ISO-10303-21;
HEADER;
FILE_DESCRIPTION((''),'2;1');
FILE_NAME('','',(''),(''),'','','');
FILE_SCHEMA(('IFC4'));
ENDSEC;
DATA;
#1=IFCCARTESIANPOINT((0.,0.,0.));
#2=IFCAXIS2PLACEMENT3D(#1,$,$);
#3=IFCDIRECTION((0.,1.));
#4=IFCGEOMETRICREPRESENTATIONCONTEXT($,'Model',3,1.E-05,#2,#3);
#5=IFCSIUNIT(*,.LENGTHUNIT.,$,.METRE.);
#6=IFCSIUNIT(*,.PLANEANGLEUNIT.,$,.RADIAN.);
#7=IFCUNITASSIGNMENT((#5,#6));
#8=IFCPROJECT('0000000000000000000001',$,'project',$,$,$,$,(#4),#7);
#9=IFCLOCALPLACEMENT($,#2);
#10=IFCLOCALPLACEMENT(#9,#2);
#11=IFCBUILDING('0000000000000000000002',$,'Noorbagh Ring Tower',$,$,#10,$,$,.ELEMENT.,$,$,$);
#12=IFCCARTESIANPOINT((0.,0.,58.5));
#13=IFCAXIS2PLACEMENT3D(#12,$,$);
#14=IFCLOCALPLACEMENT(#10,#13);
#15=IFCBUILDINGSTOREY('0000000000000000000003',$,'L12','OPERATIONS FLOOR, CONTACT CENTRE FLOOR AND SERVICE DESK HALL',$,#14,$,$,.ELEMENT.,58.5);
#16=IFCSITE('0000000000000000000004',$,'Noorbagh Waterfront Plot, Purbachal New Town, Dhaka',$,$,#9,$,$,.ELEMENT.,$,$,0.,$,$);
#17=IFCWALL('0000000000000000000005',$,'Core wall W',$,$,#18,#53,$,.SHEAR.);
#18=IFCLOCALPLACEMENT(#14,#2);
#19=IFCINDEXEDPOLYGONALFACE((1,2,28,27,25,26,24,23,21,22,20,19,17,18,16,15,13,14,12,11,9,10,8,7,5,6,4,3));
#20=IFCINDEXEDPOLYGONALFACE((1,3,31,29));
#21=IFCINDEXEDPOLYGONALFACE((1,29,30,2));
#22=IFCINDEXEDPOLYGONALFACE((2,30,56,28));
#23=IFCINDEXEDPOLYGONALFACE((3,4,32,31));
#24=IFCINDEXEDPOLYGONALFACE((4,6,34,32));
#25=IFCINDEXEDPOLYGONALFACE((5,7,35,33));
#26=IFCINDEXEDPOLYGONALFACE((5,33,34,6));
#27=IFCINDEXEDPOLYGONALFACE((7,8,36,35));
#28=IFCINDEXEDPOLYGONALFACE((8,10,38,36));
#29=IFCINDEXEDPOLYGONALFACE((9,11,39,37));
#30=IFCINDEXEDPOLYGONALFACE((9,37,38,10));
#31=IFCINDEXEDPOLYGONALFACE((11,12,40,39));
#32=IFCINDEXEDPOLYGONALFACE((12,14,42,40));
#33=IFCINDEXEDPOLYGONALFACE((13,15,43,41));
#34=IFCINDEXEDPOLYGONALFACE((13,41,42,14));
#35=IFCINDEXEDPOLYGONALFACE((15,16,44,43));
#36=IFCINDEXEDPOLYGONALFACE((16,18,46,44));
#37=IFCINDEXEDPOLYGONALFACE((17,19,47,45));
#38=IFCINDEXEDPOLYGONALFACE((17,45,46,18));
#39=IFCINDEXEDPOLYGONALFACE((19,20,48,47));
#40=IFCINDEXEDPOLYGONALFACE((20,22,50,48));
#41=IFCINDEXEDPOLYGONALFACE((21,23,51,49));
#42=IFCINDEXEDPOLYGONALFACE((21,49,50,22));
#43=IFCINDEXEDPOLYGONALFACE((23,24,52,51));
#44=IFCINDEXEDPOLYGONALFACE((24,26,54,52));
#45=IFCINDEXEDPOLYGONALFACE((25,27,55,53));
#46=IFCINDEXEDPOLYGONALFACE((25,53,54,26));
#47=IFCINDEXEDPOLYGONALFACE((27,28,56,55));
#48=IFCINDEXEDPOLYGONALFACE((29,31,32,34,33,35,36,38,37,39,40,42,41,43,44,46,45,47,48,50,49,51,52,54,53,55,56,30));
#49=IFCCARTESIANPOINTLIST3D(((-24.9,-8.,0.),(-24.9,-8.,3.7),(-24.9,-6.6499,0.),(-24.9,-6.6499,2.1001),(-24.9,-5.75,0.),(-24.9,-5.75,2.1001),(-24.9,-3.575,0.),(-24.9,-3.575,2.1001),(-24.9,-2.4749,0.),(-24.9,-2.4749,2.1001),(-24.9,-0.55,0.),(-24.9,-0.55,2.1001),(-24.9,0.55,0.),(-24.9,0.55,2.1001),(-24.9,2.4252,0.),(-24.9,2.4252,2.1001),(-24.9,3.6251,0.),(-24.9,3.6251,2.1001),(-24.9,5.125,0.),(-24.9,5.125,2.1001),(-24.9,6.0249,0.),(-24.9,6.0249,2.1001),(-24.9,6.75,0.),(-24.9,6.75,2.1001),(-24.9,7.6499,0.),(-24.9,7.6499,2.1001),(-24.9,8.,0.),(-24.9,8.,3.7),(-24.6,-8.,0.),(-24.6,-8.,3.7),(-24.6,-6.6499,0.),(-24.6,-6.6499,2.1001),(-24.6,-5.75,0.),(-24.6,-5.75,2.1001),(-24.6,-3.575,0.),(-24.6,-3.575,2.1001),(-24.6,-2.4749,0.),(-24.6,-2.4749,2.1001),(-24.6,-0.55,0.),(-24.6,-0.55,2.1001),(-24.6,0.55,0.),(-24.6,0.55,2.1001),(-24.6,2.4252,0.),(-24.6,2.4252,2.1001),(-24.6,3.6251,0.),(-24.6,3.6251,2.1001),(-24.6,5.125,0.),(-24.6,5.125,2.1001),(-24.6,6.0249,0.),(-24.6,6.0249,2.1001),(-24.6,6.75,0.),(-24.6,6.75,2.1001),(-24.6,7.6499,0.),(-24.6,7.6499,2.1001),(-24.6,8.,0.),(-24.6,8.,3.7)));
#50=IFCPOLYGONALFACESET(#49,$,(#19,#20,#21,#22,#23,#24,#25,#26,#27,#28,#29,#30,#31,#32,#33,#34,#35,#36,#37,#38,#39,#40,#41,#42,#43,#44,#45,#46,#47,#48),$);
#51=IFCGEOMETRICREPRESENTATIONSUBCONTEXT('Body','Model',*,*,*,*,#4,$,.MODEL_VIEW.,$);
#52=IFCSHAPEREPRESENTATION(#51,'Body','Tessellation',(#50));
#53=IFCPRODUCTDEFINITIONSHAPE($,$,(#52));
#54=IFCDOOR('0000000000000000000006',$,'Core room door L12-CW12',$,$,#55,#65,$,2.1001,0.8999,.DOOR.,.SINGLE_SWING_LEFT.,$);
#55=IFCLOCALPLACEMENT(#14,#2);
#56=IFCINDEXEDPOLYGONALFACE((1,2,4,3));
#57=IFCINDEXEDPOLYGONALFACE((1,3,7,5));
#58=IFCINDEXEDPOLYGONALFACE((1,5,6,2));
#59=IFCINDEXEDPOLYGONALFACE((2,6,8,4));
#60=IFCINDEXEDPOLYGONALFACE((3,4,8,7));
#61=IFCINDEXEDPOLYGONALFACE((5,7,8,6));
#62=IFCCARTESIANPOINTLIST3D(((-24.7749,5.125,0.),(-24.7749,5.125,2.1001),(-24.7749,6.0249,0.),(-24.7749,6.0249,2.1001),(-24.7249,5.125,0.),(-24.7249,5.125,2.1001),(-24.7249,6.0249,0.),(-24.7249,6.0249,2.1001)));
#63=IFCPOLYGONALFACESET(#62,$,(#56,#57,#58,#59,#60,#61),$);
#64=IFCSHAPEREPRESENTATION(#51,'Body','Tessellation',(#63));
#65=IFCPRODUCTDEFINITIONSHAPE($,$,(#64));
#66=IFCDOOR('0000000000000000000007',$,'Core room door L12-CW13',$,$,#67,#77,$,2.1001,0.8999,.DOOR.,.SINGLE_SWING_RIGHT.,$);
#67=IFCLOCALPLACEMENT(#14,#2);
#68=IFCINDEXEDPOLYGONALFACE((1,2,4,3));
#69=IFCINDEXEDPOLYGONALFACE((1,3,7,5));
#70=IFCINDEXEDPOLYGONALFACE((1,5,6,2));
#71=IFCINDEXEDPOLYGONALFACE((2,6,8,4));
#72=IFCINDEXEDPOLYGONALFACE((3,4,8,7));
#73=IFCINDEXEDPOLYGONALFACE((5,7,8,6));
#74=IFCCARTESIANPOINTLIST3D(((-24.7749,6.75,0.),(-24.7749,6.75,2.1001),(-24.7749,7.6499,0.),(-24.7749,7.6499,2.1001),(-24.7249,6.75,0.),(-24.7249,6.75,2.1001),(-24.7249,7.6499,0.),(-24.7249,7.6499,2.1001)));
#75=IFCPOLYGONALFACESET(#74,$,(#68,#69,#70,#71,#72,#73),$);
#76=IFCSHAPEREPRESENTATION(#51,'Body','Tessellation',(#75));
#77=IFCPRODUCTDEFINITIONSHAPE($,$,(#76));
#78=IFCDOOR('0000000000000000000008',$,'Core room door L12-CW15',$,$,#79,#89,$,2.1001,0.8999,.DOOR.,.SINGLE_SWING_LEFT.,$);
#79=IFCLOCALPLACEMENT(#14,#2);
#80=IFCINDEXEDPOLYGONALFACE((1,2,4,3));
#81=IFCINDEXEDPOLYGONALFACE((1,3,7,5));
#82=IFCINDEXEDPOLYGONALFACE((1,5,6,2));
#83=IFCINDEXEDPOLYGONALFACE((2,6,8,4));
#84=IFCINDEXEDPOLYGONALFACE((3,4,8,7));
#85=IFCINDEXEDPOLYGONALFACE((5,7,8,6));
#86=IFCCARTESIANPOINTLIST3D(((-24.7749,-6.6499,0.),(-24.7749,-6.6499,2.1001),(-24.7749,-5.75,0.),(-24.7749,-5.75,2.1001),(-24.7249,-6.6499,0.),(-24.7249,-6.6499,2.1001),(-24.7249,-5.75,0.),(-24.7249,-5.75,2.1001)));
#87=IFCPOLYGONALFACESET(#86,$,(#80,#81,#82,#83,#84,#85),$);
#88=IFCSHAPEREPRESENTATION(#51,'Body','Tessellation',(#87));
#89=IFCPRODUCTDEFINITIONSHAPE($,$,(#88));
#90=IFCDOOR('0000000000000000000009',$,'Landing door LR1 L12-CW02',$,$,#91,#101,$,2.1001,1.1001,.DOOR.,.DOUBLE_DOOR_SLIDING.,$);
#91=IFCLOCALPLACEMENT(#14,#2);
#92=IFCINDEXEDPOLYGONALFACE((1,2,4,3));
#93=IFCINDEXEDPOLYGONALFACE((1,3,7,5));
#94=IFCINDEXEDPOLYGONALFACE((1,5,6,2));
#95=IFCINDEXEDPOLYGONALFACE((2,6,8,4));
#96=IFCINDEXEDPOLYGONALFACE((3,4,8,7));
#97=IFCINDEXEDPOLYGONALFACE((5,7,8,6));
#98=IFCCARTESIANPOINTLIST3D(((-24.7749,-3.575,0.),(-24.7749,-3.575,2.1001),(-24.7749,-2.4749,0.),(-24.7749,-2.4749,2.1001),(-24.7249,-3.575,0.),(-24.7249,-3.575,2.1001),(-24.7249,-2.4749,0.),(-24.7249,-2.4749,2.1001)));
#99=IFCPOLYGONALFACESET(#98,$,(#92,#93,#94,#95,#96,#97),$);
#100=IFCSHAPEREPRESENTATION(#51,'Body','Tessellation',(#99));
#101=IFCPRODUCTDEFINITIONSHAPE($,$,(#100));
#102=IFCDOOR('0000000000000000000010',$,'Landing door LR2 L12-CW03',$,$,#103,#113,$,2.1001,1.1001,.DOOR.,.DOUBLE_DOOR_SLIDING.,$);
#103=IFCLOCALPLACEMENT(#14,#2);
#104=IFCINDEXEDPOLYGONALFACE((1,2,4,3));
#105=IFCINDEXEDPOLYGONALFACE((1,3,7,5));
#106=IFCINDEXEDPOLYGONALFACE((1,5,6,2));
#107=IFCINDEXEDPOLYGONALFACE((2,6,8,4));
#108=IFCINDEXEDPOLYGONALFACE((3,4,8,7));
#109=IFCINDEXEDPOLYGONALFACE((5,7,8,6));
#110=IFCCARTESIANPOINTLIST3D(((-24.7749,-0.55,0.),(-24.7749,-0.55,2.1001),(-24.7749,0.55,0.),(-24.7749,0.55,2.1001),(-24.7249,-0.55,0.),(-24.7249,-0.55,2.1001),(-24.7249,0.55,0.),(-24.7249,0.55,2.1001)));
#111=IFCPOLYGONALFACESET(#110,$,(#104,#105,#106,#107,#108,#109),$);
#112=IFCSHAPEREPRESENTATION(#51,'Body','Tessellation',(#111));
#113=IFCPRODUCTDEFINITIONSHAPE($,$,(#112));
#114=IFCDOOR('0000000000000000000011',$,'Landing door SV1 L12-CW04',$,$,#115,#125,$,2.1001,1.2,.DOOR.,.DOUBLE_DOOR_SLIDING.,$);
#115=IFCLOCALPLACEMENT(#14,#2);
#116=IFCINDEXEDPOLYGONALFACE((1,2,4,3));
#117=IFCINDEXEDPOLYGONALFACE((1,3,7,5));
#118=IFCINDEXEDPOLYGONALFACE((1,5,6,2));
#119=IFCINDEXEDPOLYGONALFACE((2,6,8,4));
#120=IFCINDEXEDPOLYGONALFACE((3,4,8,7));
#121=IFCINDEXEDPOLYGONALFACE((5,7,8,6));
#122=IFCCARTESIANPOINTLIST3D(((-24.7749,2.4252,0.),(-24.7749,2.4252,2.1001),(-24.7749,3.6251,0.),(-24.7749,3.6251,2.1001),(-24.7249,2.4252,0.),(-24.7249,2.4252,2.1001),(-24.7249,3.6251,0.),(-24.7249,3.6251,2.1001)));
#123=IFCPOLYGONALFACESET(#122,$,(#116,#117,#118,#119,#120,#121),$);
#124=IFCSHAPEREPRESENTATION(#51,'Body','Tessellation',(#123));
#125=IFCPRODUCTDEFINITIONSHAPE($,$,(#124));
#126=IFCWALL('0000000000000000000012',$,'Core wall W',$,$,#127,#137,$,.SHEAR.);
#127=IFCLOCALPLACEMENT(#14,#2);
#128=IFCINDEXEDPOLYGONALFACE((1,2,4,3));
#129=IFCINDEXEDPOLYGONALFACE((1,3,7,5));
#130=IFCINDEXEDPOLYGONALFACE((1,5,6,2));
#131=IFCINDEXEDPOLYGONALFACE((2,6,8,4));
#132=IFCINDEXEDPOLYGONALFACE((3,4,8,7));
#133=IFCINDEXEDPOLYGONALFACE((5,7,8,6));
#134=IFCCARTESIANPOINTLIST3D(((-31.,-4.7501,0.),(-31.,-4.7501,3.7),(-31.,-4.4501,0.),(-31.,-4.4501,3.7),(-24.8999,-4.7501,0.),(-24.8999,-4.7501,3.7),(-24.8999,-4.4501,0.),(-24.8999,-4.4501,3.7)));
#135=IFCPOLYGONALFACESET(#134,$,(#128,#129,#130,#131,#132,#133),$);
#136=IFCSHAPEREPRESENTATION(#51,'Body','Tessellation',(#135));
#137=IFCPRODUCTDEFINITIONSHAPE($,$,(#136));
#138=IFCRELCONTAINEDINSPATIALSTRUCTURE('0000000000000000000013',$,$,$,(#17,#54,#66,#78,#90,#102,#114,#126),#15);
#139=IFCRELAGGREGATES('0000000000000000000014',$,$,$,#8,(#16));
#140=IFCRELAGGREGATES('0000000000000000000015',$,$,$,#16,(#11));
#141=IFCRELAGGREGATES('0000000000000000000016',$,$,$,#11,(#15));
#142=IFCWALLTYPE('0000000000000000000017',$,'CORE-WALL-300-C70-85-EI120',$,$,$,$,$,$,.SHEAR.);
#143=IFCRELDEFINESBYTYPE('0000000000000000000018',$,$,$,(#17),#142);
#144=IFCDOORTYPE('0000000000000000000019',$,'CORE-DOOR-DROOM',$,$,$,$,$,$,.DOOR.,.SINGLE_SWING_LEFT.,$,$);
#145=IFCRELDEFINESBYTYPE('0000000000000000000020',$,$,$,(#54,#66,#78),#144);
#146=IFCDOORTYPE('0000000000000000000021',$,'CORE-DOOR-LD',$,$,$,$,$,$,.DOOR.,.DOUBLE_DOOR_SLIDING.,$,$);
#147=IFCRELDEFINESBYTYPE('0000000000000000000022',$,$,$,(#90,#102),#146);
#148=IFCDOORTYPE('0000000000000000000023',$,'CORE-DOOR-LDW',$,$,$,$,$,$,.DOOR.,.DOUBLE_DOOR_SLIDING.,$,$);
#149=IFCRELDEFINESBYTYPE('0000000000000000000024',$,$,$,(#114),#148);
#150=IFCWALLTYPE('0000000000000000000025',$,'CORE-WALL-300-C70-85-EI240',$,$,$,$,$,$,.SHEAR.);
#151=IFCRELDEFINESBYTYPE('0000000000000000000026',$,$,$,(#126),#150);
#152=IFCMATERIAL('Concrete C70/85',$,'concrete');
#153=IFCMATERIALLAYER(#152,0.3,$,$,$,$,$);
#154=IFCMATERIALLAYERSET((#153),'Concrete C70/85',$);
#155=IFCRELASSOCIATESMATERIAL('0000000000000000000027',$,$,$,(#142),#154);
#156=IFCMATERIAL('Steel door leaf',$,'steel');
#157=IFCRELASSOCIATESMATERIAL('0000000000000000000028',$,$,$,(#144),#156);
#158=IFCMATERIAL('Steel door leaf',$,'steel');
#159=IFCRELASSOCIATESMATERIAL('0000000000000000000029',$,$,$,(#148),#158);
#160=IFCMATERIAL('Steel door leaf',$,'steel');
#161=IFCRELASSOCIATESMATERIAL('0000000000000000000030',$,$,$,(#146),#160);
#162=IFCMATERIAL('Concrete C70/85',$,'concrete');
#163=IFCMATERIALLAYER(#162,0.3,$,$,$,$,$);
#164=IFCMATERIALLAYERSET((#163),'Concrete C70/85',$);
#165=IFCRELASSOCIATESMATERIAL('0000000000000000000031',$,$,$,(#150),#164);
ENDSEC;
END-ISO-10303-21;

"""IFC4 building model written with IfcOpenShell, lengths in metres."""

from ifc_helpers import new_model, si_unit, direction, frame, frame_2d, origin, place, context, subcontext, project, spatial, rectangle, extrude, material, layer, layer_set, type_object, element, fill, save


model = new_model("IFC4")

# Units and contexts
model_context = context("Model", 3, precision=1e-05, world=origin(), true_north=direction((0.0, 1.0)))
body_context = subcontext(model_context, "Body", "Model", "MODEL_VIEW")
ifc_project = project(units=[si_unit("LENGTHUNIT", "METRE"), si_unit("PLANEANGLEUNIT", "RADIAN")], contexts=[model_context])

# Site, building, storey
site_placement = place(None, origin())
site = spatial("IfcSite", under=ifc_project, at=site_placement, Name="Noorbagh Waterfront Plot, Purbachal New Town, Dhaka", CompositionType="ELEMENT", RefElevation=0.0)
building_placement = place(site_placement, origin())
building = spatial("IfcBuilding", under=site, at=building_placement, Name="Noorbagh Ring Tower", CompositionType="ELEMENT")
storey_placement = place(building_placement, frame((0.0, 0.0, 58.5)))
storey = spatial("IfcBuildingStorey", under=building, at=storey_placement, Name="L12", Description="OPERATIONS FLOOR, CONTACT CENTRE FLOOR AND SERVICE DESK HALL", CompositionType="ELEMENT", Elevation=58.5)

# Shared definitions
ifc_material_1 = material(Name="Concrete C70/85", Category="concrete")
ifc_layer_1 = layer(ifc_material_1, 0.3)
ifc_layer_set_1 = layer_set([ifc_layer_1], Name="Concrete C70/85")
wall_type_1 = type_object("IfcWallType", Name="CORE-WALL-300-C70-85-EI120", PredefinedType="SHEAR", material=ifc_layer_set_1)

# Wall, openings, doors
ifc_material_2 = material(Name="Steel door leaf", Category="steel")
door_type_1 = type_object("IfcDoorType", Name="CORE-DOOR-DROOM", OperationType="SINGLE_SWING_LEFT", PredefinedType="DOOR", material=ifc_material_2)
ifc_material_3 = material(Name="Steel door leaf", Category="steel")
door_type_2 = type_object("IfcDoorType", Name="CORE-DOOR-LDW", OperationType="DOUBLE_DOOR_SLIDING", PredefinedType="DOOR", material=ifc_material_3)
wall_1_placement = place(storey_placement, frame((-24.75, -8.0, 0.0), z_axis=(0.0, 0.0, 1.0), x_axis=(0.0, 1.0, 0.0)))
wall_1 = element("IfcWall", 1, at=wall_1_placement, inside=storey, type_object=wall_type_1, Name="Core wall W", PredefinedType="SHEAR", context=body_context, shape_type="SweptSolid", body=[
    extrude(rectangle(XDim=16.0, YDim=0.3, at=frame_2d((8.0, 0.0))), origin(), (0.0, 0.0, 1.0), 3.7),
])
opening_1_placement = place(wall_1_placement, frame((4.425, 0.0, 0.0)))
opening_1 = element("IfcOpeningElement", 2, at=opening_1_placement, cuts=wall_1, PredefinedType="OPENING", context=body_context, shape_type="SweptSolid", body=[
    extrude(rectangle(XDim=1.1001, YDim=2.1001, at=frame_2d((0.55, 1.05))), frame((0.0, 0.1602, 0.0), z_axis=(0.0, -1.0, 0.0), x_axis=(1.0, 0.0, 0.0)), (0.0, 0.0, 1.0), 0.3201),
])
opening_2_placement = place(wall_1_placement, frame((7.45, 0.0, 0.0)))
opening_2 = element("IfcOpeningElement", 3, at=opening_2_placement, cuts=wall_1, PredefinedType="OPENING", context=body_context, shape_type="SweptSolid", body=[
    extrude(rectangle(XDim=1.1001, YDim=2.1001, at=frame_2d((0.55, 1.05))), frame((0.0, 0.1602, 0.0), z_axis=(0.0, -1.0, 0.0), x_axis=(1.0, 0.0, 0.0)), (0.0, 0.0, 1.0), 0.3201),
])
opening_3_placement = place(wall_1_placement, frame((10.425, 0.0, 0.0)))
opening_3 = element("IfcOpeningElement", 4, at=opening_3_placement, cuts=wall_1, PredefinedType="OPENING", context=body_context, shape_type="SweptSolid", body=[
    extrude(rectangle(XDim=1.2, YDim=2.1001, at=frame_2d((0.6001, 1.05))), frame((0.0, 0.1602, 0.0), z_axis=(0.0, -1.0, 0.0), x_axis=(1.0, 0.0, 0.0)), (0.0, 0.0, 1.0), 0.3201),
])
opening_4_placement = place(wall_1_placement, frame((13.125, 0.0, 0.0)))
opening_4 = element("IfcOpeningElement", 5, at=opening_4_placement, cuts=wall_1, PredefinedType="OPENING", context=body_context, shape_type="SweptSolid", body=[
    extrude(rectangle(XDim=0.8999, YDim=2.1001, at=frame_2d((0.45, 1.05))), frame((0.0, 0.1602, 0.0), z_axis=(0.0, -1.0, 0.0), x_axis=(1.0, 0.0, 0.0)), (0.0, 0.0, 1.0), 0.3201),
])
opening_5_placement = place(wall_1_placement, frame((14.75, 0.0, 0.0)))
opening_5 = element("IfcOpeningElement", 6, at=opening_5_placement, cuts=wall_1, PredefinedType="OPENING", context=body_context, shape_type="SweptSolid", body=[
    extrude(rectangle(XDim=0.8999, YDim=2.1001, at=frame_2d((0.45, 1.05))), frame((0.0, 0.1602, 0.0), z_axis=(0.0, -1.0, 0.0), x_axis=(1.0, 0.0, 0.0)), (0.0, 0.0, 1.0), 0.3201),
])
opening_6_placement = place(wall_1_placement, frame((1.3501, 0.0, 0.0)))
opening_6 = element("IfcOpeningElement", 7, at=opening_6_placement, cuts=wall_1, PredefinedType="OPENING", context=body_context, shape_type="SweptSolid", body=[
    extrude(rectangle(XDim=0.8999, YDim=2.1001, at=frame_2d((0.45, 1.05))), frame((0.0, 0.1602, 0.0), z_axis=(0.0, -1.0, 0.0), x_axis=(1.0, 0.0, 0.0)), (0.0, 0.0, 1.0), 0.3201),
])
door_1_placement = place(opening_4_placement, origin())
door_1 = element("IfcDoor", 8, at=door_1_placement, inside=storey, type_object=door_type_1, Name="Core room door L12-CW12", OperationType="SINGLE_SWING_LEFT", OverallHeight=2.1001, OverallWidth=0.8999, PredefinedType="DOOR", context=body_context, shape_type="SweptSolid", body=[
    extrude(rectangle(XDim=0.8999, YDim=2.1001, at=frame_2d((0.45, 1.05))), frame((0.0, 0.0249, 0.0), z_axis=(0.0, -1.0, 0.0), x_axis=(1.0, 0.0, 0.0)), (0.0, 0.0, 1.0), 0.05),
])
fill(opening_4, door_1)
door_2_placement = place(opening_5_placement, origin())
door_2 = element("IfcDoor", 9, at=door_2_placement, inside=storey, type_object=door_type_1, Name="Core room door L12-CW13", OperationType="SINGLE_SWING_RIGHT", OverallHeight=2.1001, OverallWidth=0.8999, PredefinedType="DOOR", context=body_context, shape_type="SweptSolid", body=[
    extrude(rectangle(XDim=0.8999, YDim=2.1001, at=frame_2d((0.45, 1.05))), frame((0.0, 0.0249, 0.0), z_axis=(0.0, -1.0, 0.0), x_axis=(1.0, 0.0, 0.0)), (0.0, 0.0, 1.0), 0.05),
])
fill(opening_5, door_2)
door_3_placement = place(opening_6_placement, origin())
door_3 = element("IfcDoor", 10, at=door_3_placement, inside=storey, type_object=door_type_1, Name="Core room door L12-CW15", OperationType="SINGLE_SWING_LEFT", OverallHeight=2.1001, OverallWidth=0.8999, PredefinedType="DOOR", context=body_context, shape_type="SweptSolid", body=[
    extrude(rectangle(XDim=0.8999, YDim=2.1001, at=frame_2d((0.45, 1.05))), frame((0.0, 0.0249, 0.0), z_axis=(0.0, -1.0, 0.0), x_axis=(1.0, 0.0, 0.0)), (0.0, 0.0, 1.0), 0.05),
])
fill(opening_6, door_3)
ifc_material_4 = material(Name="Steel door leaf", Category="steel")
door_type_3 = type_object("IfcDoorType", Name="CORE-DOOR-LD", OperationType="DOUBLE_DOOR_SLIDING", PredefinedType="DOOR", material=ifc_material_4)
door_4_placement = place(opening_1_placement, origin())
door_4 = element("IfcDoor", 11, at=door_4_placement, inside=storey, type_object=door_type_3, Name="Landing door LR1 L12-CW02", OperationType="DOUBLE_DOOR_SLIDING", OverallHeight=2.1001, OverallWidth=1.1001, PredefinedType="DOOR", context=body_context, shape_type="SweptSolid", body=[
    extrude(rectangle(XDim=1.1001, YDim=2.1001, at=frame_2d((0.55, 1.05))), frame((0.0, 0.0249, 0.0), z_axis=(0.0, -1.0, 0.0), x_axis=(1.0, 0.0, 0.0)), (0.0, 0.0, 1.0), 0.05),
])
fill(opening_1, door_4)
door_5_placement = place(opening_2_placement, origin())
door_5 = element("IfcDoor", 12, at=door_5_placement, inside=storey, type_object=door_type_3, Name="Landing door LR2 L12-CW03", OperationType="DOUBLE_DOOR_SLIDING", OverallHeight=2.1001, OverallWidth=1.1001, PredefinedType="DOOR", context=body_context, shape_type="SweptSolid", body=[
    extrude(rectangle(XDim=1.1001, YDim=2.1001, at=frame_2d((0.55, 1.05))), frame((0.0, 0.0249, 0.0), z_axis=(0.0, -1.0, 0.0), x_axis=(1.0, 0.0, 0.0)), (0.0, 0.0, 1.0), 0.05),
])
fill(opening_2, door_5)
door_6_placement = place(opening_3_placement, origin())
door_6 = element("IfcDoor", 13, at=door_6_placement, inside=storey, type_object=door_type_2, Name="Landing door SV1 L12-CW04", OperationType="DOUBLE_DOOR_SLIDING", OverallHeight=2.1001, OverallWidth=1.2, PredefinedType="DOOR", context=body_context, shape_type="SweptSolid", body=[
    extrude(rectangle(XDim=1.2, YDim=2.1001, at=frame_2d((0.6001, 1.05))), frame((0.0, 0.0249, 0.0), z_axis=(0.0, -1.0, 0.0), x_axis=(1.0, 0.0, 0.0)), (0.0, 0.0, 1.0), 0.05),
])
fill(opening_3, door_6)

# Wall
ifc_material_5 = material(Name="Concrete C70/85", Category="concrete")
ifc_layer_2 = layer(ifc_material_5, 0.3)
ifc_layer_set_2 = layer_set([ifc_layer_2], Name="Concrete C70/85")
wall_type_2 = type_object("IfcWallType", Name="CORE-WALL-300-C70-85-EI240", PredefinedType="SHEAR", material=ifc_layer_set_2)
wall_2_placement = place(storey_placement, frame((-24.8999, -4.6001, 0.0), z_axis=(0.0, 0.0, 1.0), x_axis=(-1.0, 0.0, 0.0)))
element("IfcWall", 14, at=wall_2_placement, inside=storey, type_object=wall_type_2, Name="Core wall W", PredefinedType="SHEAR", context=body_context, shape_type="SweptSolid", body=[
    extrude(rectangle(XDim=6.1001, YDim=0.3, at=frame_2d((3.05, 0.0))), origin(), (0.0, 0.0, 1.0), 3.7),
])

save(model, "model.ifc")
